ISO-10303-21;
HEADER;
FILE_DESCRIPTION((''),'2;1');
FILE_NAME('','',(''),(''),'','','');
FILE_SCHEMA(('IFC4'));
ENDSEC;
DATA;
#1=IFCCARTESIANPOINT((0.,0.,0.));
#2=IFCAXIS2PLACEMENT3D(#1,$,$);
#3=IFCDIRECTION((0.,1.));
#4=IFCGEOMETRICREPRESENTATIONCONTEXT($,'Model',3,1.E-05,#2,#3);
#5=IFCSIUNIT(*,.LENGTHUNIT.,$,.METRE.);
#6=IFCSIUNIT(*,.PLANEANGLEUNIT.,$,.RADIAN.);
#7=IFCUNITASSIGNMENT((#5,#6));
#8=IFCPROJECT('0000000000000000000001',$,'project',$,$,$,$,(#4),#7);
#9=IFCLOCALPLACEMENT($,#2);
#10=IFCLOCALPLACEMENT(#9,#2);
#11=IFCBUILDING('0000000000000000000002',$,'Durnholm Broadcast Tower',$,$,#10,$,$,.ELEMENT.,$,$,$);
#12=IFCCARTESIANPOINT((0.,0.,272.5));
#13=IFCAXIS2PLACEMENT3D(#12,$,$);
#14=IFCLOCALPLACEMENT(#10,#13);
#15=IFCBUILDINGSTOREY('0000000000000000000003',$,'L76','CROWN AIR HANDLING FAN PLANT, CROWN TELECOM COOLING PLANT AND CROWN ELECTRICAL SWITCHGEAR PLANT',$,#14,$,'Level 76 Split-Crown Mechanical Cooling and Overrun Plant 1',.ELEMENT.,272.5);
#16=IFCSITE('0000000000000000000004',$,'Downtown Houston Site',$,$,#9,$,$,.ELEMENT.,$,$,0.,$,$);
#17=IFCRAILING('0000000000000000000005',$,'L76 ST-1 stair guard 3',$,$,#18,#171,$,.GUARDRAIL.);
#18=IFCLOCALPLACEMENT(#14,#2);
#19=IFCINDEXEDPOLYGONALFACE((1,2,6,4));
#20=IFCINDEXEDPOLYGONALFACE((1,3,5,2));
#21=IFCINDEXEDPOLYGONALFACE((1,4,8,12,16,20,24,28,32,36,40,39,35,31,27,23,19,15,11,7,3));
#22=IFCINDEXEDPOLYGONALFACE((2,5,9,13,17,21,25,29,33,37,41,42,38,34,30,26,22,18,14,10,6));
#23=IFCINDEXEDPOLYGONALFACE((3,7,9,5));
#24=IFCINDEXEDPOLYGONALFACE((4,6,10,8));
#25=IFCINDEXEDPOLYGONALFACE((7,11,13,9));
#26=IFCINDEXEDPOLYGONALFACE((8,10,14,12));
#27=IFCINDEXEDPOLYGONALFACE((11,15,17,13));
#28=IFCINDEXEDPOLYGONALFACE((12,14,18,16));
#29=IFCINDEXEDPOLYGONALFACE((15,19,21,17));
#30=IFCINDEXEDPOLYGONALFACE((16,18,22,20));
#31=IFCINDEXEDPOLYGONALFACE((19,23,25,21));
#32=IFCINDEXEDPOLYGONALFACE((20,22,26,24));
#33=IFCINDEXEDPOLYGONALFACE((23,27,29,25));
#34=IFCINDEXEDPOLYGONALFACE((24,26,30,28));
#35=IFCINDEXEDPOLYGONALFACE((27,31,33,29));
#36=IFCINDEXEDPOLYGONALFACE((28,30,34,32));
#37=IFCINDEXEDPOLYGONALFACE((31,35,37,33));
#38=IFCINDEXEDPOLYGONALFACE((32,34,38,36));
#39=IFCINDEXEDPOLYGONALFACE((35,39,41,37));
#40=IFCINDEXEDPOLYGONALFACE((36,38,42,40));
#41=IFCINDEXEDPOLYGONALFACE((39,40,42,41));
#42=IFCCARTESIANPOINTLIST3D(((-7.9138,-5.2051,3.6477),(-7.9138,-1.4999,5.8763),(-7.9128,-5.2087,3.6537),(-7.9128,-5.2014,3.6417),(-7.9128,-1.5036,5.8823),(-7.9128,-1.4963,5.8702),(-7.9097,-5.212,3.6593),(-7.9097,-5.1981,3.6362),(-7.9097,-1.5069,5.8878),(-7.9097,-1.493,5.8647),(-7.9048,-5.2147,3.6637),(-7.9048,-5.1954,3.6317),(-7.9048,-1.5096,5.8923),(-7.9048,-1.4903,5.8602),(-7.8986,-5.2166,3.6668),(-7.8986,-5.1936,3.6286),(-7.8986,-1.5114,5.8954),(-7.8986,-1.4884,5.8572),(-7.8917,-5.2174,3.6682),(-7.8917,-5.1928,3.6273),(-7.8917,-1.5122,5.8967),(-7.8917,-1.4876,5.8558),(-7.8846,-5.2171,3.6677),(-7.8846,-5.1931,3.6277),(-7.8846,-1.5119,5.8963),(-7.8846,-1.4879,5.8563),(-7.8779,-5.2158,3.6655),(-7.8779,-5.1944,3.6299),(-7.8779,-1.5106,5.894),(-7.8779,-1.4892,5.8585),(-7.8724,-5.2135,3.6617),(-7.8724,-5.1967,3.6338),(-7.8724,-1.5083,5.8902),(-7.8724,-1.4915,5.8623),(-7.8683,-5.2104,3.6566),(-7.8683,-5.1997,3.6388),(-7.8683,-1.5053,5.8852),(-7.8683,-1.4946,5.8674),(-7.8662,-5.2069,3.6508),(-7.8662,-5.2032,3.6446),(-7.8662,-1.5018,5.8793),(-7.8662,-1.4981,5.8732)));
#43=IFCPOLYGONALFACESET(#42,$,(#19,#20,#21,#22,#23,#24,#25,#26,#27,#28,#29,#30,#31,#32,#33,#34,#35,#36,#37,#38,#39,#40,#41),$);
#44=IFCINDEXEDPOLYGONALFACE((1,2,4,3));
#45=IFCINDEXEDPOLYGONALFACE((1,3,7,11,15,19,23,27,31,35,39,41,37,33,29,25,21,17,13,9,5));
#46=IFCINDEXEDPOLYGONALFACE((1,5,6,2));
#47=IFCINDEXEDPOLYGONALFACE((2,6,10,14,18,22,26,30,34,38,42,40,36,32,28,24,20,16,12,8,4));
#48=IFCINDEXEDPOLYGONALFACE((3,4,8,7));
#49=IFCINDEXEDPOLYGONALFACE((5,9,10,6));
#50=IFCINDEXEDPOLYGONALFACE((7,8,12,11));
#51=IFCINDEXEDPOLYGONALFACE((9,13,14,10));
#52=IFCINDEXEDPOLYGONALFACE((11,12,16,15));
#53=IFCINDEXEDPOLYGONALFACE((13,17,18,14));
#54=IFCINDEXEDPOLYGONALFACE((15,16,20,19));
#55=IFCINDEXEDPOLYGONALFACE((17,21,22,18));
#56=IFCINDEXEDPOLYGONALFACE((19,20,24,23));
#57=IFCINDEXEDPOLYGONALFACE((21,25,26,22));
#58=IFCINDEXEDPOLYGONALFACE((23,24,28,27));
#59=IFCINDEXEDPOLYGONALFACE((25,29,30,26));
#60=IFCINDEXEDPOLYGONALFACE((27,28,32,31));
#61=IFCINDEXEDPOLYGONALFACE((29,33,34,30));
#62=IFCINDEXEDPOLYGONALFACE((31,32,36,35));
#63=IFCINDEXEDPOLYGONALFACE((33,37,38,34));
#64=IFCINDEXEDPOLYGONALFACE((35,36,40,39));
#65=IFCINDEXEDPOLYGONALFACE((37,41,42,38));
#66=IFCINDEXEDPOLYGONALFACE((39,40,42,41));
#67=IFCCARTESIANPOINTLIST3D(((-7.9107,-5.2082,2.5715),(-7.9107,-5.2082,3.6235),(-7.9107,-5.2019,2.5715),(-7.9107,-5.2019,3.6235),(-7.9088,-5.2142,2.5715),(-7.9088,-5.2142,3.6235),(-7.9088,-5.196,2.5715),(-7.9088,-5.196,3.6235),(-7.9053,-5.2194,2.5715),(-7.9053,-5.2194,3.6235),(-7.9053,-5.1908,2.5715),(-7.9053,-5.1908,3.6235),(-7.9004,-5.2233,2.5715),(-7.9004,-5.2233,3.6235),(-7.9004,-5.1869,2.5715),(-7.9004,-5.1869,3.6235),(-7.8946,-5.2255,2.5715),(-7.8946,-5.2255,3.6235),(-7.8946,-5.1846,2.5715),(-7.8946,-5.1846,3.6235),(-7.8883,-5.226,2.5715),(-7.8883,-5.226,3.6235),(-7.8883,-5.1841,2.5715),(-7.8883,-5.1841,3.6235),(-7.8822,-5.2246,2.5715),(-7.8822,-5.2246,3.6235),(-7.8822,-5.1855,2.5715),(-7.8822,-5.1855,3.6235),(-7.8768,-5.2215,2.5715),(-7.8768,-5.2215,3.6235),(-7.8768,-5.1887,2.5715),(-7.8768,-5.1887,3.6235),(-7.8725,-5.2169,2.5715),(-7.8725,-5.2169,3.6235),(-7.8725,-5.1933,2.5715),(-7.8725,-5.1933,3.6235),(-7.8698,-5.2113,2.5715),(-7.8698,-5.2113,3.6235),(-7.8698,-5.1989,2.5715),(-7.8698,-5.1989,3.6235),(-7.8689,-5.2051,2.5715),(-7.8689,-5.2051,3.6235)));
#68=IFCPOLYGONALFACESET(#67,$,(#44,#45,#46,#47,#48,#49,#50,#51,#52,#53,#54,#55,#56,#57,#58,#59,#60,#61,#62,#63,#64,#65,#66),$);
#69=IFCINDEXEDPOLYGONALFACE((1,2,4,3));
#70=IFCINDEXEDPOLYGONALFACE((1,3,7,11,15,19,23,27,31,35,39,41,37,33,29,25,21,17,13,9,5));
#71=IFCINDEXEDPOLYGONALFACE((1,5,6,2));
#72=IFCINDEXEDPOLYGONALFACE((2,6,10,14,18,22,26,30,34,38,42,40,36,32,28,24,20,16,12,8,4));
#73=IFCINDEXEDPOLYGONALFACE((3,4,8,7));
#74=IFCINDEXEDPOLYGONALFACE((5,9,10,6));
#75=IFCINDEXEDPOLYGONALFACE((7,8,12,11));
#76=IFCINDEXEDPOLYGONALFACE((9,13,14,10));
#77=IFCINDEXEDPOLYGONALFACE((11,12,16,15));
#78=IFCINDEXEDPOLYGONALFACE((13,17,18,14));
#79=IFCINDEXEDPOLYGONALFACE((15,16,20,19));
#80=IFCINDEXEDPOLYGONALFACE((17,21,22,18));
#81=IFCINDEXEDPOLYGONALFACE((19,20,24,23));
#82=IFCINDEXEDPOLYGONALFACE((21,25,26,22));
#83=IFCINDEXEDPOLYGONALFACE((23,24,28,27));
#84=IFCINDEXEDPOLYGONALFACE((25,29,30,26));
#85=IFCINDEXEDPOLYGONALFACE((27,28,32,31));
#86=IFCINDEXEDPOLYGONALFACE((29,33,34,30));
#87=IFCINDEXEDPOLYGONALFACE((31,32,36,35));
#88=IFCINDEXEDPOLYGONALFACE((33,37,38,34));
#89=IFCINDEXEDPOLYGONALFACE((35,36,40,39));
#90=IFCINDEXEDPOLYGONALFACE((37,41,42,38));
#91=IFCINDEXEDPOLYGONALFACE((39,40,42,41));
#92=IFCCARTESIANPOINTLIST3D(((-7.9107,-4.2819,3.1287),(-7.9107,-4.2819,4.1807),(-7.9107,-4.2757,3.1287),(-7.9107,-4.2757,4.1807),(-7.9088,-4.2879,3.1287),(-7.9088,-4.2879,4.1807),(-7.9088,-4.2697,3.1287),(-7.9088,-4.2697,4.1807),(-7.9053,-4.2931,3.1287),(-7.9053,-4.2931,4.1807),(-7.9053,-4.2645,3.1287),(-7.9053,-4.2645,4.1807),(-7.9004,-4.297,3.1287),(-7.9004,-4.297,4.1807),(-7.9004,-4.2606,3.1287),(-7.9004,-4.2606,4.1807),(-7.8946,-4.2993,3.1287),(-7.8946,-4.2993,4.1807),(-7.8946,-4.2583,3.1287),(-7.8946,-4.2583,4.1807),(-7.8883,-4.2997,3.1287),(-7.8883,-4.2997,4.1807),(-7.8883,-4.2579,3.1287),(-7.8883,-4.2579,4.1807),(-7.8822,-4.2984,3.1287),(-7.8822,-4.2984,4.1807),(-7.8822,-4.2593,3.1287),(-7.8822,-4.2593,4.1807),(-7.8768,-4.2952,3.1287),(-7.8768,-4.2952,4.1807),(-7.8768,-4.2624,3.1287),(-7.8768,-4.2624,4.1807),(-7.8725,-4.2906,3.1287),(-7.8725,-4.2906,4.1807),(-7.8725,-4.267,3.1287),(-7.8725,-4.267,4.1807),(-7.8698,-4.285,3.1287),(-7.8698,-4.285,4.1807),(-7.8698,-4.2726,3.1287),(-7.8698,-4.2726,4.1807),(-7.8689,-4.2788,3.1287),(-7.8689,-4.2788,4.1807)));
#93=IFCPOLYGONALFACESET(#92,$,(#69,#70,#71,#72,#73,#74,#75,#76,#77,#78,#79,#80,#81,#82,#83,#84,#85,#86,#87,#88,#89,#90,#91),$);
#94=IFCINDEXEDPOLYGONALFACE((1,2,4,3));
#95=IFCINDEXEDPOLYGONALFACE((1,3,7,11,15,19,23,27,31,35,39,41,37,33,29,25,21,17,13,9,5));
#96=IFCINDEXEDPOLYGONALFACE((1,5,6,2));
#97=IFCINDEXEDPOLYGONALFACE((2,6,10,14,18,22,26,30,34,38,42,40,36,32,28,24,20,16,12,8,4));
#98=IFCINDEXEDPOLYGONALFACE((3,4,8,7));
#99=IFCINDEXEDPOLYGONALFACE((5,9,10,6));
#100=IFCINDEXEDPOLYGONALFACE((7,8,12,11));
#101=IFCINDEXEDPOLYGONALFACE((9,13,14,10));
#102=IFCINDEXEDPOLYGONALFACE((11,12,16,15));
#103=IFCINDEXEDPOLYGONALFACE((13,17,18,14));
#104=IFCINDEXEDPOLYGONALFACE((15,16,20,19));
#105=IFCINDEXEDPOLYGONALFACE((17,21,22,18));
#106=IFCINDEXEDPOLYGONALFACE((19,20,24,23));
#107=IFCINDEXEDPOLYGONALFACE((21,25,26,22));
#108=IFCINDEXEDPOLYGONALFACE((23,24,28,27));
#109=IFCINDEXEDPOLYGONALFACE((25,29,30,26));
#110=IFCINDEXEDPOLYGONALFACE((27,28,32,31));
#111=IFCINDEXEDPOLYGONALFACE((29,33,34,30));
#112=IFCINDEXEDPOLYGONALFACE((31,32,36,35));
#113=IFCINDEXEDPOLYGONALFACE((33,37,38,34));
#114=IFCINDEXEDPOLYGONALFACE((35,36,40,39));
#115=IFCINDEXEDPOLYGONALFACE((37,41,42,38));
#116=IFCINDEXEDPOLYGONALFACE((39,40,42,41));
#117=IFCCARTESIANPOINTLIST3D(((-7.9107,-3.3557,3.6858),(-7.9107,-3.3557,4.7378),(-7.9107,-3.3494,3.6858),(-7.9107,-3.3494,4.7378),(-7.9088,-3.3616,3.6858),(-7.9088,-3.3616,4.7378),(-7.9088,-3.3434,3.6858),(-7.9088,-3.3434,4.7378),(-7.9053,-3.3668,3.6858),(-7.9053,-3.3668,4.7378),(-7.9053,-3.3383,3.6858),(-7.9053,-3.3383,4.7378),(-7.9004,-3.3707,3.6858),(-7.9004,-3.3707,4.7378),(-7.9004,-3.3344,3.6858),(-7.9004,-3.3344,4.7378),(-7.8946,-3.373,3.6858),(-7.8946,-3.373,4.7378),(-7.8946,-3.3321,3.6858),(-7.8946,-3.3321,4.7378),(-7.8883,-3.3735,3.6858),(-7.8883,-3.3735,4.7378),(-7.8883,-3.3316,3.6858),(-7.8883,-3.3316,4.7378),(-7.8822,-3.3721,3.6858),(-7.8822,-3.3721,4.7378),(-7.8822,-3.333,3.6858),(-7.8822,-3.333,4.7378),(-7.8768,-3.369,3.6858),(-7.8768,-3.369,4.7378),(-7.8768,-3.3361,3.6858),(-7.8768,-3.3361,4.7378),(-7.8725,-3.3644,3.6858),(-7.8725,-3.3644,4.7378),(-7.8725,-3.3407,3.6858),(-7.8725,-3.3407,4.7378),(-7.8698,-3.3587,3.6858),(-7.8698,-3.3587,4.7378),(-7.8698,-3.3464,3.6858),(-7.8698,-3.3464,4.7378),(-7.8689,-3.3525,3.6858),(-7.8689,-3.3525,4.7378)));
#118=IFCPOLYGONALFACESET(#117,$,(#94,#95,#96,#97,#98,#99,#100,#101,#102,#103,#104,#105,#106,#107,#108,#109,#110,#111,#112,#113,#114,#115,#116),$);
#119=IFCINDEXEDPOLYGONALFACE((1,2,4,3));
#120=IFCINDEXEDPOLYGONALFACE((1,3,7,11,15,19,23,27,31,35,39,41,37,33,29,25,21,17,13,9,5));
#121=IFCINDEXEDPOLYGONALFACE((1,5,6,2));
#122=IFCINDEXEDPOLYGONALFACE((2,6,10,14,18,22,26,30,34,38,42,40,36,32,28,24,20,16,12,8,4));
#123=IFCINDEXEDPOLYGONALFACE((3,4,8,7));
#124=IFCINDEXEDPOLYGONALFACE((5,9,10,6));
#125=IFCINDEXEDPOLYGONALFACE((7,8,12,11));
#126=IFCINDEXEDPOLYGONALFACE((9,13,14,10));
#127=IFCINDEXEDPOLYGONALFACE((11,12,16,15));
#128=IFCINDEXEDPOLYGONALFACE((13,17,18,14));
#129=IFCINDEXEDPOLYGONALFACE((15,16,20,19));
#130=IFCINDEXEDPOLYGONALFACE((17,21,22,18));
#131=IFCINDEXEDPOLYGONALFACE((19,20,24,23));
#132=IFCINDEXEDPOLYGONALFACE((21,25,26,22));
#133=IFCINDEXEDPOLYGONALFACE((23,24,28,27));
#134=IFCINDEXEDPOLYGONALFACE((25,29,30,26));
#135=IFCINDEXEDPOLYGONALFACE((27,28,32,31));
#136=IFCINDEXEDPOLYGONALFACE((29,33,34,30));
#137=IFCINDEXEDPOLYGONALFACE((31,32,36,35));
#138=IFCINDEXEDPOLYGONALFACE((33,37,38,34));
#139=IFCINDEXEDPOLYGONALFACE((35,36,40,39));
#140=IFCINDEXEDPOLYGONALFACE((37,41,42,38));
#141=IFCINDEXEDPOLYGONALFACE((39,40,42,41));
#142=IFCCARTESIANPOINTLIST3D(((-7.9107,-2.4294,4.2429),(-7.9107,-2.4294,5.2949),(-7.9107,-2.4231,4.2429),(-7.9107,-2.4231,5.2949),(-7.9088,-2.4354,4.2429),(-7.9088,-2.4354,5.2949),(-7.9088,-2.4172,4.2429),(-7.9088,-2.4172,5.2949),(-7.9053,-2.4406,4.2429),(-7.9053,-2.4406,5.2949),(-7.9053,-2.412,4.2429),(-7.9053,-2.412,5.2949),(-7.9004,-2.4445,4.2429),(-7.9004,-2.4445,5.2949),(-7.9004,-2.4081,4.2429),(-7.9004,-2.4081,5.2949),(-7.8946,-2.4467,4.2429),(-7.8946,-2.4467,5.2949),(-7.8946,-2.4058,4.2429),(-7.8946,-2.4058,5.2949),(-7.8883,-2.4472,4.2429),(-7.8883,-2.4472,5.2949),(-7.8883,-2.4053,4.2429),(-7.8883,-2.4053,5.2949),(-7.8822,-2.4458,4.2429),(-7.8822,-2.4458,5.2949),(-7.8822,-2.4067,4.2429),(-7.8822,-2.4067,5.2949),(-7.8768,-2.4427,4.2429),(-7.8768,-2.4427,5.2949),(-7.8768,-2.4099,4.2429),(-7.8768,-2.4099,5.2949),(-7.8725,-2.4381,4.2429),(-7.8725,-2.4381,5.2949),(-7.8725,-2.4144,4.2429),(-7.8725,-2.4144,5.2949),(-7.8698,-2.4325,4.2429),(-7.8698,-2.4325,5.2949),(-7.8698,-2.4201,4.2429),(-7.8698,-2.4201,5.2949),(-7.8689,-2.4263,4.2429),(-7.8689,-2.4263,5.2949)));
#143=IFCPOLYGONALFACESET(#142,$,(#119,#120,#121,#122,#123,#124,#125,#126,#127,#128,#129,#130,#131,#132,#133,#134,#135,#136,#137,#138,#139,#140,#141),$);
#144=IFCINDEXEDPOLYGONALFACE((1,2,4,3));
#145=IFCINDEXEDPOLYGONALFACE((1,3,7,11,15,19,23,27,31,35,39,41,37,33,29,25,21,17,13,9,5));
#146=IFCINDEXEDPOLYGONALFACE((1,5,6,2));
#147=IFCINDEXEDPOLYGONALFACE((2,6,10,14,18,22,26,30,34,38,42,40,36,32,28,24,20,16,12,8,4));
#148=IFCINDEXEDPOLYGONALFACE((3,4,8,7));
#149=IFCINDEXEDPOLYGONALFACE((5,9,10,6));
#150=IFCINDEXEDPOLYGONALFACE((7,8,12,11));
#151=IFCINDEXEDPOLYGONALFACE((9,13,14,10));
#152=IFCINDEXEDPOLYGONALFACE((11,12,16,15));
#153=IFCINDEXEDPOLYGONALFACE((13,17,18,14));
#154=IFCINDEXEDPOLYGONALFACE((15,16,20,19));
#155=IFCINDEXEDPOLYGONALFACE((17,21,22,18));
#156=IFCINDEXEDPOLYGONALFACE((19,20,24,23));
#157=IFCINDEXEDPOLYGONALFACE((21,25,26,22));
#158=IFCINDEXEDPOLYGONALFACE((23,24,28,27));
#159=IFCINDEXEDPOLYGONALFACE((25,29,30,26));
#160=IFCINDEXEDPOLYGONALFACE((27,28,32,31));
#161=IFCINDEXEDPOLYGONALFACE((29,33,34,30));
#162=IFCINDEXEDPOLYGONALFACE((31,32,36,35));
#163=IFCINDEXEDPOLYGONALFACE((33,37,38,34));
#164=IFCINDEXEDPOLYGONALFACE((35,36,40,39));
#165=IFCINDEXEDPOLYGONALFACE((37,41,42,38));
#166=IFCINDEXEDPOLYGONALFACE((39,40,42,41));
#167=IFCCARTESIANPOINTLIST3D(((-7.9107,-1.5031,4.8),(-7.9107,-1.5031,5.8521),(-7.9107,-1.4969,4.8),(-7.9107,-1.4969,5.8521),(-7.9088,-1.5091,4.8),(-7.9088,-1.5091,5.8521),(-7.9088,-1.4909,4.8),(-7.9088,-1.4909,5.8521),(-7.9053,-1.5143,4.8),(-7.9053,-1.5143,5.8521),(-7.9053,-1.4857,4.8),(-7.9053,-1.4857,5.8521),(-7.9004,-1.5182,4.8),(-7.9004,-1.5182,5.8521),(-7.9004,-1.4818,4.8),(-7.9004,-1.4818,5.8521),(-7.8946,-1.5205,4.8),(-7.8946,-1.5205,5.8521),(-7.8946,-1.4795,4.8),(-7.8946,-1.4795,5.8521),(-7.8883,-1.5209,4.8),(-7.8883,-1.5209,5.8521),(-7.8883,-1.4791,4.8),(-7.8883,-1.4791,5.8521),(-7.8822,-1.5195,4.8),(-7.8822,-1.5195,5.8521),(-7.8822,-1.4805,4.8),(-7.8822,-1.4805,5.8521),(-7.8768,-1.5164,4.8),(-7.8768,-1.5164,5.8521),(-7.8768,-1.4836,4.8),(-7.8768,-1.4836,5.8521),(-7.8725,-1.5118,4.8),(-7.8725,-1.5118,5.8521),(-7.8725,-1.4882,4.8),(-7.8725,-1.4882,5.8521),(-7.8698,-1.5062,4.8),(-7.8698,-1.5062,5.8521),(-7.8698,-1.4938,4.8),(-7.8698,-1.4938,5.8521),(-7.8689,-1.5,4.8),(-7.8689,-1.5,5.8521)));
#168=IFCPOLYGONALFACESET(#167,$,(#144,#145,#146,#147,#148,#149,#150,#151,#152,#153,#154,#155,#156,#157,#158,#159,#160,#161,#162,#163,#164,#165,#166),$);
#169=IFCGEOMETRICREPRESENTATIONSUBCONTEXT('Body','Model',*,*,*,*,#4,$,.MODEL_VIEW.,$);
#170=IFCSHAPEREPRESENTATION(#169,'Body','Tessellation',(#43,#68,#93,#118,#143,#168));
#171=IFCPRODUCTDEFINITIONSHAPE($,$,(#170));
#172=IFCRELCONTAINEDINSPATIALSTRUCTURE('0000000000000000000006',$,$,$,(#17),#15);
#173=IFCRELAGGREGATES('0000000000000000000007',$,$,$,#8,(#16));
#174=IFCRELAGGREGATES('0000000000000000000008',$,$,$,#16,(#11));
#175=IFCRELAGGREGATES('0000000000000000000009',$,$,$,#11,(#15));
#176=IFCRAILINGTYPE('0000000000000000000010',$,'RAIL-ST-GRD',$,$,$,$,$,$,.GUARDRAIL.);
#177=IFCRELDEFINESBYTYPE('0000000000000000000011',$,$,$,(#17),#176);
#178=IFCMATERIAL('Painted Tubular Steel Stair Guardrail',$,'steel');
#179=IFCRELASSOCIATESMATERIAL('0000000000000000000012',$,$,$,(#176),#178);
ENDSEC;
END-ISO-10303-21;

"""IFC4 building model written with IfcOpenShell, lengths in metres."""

from ifc_helpers import new_model, si_unit, direction, frame, origin, origin_2d, place, context, subcontext, project, spatial, circle, extrude, material, type_object, element, save


model = new_model("IFC4")

# Units and contexts
model_context = context("Model", 3, precision=1e-05, world=origin(), true_north=direction((0.0, 1.0)))
body_context = subcontext(model_context, "Body", "Model", "MODEL_VIEW")
ifc_project = project(units=[si_unit("LENGTHUNIT", "METRE"), si_unit("PLANEANGLEUNIT", "RADIAN")], contexts=[model_context])

# Site, building, storey
site_placement = place(None, origin())
site = spatial("IfcSite", under=ifc_project, at=site_placement, Name="Downtown Houston Site", CompositionType="ELEMENT", RefElevation=0.0)
building_placement = place(site_placement, origin())
building = spatial("IfcBuilding", under=site, at=building_placement, Name="Durnholm Broadcast Tower", CompositionType="ELEMENT")
storey_placement = place(building_placement, frame((0.0, 0.0, 272.5)))
storey = spatial("IfcBuildingStorey", under=building, at=storey_placement, Name="L76", Description="CROWN AIR HANDLING FAN PLANT, CROWN TELECOM COOLING PLANT AND CROWN ELECTRICAL SWITCHGEAR PLANT", LongName="Level 76 Split-Crown Mechanical Cooling and Overrun Plant 1", CompositionType="ELEMENT", Elevation=272.5)

# Railing
ifc_material_1 = material(Name="Painted Tubular Steel Stair Guardrail", Category="steel")
railing_type_1 = type_object("IfcRailingType", Name="RAIL-ST-GRD", PredefinedType="GUARDRAIL", material=ifc_material_1)
railing_1_placement = place(storey_placement, frame((-7.8899, -5.2051, 2.5715)))
element("IfcRailing", 1, at=railing_1_placement, inside=storey, type_object=railing_type_1, Name="L76 ST-1 stair guard 3", PredefinedType="GUARDRAIL", context=body_context, shape_type="SweptSolid", body=[
    extrude(circle(Radius=0.0239, at=origin_2d()), frame((0.0, 0.0, 1.0762), z_axis=(0.0, 0.856934, 0.515425), x_axis=(-1.0, 0.0, 0.0)), (0.0, 0.0, 1.0), 4.3237),
    extrude(circle(Radius=0.021, at=origin_2d()), origin(), (0.0, 0.0, 1.0), 1.052),
    extrude(circle(Radius=0.021, at=origin_2d()), frame((0.0, 0.9263, 0.5571)), (0.0, 0.0, 1.0), 1.052),
    extrude(circle(Radius=0.021, at=origin_2d()), frame((0.0, 1.8525, 1.1143)), (0.0, 0.0, 1.0), 1.052),
    extrude(circle(Radius=0.021, at=origin_2d()), frame((0.0, 2.7788, 1.6714)), (0.0, 0.0, 1.0), 1.052),
    extrude(circle(Radius=0.021, at=origin_2d()), frame((0.0, 3.7051, 2.2285)), (0.0, 0.0, 1.0), 1.052),
])

save(model, "model.ifc")
